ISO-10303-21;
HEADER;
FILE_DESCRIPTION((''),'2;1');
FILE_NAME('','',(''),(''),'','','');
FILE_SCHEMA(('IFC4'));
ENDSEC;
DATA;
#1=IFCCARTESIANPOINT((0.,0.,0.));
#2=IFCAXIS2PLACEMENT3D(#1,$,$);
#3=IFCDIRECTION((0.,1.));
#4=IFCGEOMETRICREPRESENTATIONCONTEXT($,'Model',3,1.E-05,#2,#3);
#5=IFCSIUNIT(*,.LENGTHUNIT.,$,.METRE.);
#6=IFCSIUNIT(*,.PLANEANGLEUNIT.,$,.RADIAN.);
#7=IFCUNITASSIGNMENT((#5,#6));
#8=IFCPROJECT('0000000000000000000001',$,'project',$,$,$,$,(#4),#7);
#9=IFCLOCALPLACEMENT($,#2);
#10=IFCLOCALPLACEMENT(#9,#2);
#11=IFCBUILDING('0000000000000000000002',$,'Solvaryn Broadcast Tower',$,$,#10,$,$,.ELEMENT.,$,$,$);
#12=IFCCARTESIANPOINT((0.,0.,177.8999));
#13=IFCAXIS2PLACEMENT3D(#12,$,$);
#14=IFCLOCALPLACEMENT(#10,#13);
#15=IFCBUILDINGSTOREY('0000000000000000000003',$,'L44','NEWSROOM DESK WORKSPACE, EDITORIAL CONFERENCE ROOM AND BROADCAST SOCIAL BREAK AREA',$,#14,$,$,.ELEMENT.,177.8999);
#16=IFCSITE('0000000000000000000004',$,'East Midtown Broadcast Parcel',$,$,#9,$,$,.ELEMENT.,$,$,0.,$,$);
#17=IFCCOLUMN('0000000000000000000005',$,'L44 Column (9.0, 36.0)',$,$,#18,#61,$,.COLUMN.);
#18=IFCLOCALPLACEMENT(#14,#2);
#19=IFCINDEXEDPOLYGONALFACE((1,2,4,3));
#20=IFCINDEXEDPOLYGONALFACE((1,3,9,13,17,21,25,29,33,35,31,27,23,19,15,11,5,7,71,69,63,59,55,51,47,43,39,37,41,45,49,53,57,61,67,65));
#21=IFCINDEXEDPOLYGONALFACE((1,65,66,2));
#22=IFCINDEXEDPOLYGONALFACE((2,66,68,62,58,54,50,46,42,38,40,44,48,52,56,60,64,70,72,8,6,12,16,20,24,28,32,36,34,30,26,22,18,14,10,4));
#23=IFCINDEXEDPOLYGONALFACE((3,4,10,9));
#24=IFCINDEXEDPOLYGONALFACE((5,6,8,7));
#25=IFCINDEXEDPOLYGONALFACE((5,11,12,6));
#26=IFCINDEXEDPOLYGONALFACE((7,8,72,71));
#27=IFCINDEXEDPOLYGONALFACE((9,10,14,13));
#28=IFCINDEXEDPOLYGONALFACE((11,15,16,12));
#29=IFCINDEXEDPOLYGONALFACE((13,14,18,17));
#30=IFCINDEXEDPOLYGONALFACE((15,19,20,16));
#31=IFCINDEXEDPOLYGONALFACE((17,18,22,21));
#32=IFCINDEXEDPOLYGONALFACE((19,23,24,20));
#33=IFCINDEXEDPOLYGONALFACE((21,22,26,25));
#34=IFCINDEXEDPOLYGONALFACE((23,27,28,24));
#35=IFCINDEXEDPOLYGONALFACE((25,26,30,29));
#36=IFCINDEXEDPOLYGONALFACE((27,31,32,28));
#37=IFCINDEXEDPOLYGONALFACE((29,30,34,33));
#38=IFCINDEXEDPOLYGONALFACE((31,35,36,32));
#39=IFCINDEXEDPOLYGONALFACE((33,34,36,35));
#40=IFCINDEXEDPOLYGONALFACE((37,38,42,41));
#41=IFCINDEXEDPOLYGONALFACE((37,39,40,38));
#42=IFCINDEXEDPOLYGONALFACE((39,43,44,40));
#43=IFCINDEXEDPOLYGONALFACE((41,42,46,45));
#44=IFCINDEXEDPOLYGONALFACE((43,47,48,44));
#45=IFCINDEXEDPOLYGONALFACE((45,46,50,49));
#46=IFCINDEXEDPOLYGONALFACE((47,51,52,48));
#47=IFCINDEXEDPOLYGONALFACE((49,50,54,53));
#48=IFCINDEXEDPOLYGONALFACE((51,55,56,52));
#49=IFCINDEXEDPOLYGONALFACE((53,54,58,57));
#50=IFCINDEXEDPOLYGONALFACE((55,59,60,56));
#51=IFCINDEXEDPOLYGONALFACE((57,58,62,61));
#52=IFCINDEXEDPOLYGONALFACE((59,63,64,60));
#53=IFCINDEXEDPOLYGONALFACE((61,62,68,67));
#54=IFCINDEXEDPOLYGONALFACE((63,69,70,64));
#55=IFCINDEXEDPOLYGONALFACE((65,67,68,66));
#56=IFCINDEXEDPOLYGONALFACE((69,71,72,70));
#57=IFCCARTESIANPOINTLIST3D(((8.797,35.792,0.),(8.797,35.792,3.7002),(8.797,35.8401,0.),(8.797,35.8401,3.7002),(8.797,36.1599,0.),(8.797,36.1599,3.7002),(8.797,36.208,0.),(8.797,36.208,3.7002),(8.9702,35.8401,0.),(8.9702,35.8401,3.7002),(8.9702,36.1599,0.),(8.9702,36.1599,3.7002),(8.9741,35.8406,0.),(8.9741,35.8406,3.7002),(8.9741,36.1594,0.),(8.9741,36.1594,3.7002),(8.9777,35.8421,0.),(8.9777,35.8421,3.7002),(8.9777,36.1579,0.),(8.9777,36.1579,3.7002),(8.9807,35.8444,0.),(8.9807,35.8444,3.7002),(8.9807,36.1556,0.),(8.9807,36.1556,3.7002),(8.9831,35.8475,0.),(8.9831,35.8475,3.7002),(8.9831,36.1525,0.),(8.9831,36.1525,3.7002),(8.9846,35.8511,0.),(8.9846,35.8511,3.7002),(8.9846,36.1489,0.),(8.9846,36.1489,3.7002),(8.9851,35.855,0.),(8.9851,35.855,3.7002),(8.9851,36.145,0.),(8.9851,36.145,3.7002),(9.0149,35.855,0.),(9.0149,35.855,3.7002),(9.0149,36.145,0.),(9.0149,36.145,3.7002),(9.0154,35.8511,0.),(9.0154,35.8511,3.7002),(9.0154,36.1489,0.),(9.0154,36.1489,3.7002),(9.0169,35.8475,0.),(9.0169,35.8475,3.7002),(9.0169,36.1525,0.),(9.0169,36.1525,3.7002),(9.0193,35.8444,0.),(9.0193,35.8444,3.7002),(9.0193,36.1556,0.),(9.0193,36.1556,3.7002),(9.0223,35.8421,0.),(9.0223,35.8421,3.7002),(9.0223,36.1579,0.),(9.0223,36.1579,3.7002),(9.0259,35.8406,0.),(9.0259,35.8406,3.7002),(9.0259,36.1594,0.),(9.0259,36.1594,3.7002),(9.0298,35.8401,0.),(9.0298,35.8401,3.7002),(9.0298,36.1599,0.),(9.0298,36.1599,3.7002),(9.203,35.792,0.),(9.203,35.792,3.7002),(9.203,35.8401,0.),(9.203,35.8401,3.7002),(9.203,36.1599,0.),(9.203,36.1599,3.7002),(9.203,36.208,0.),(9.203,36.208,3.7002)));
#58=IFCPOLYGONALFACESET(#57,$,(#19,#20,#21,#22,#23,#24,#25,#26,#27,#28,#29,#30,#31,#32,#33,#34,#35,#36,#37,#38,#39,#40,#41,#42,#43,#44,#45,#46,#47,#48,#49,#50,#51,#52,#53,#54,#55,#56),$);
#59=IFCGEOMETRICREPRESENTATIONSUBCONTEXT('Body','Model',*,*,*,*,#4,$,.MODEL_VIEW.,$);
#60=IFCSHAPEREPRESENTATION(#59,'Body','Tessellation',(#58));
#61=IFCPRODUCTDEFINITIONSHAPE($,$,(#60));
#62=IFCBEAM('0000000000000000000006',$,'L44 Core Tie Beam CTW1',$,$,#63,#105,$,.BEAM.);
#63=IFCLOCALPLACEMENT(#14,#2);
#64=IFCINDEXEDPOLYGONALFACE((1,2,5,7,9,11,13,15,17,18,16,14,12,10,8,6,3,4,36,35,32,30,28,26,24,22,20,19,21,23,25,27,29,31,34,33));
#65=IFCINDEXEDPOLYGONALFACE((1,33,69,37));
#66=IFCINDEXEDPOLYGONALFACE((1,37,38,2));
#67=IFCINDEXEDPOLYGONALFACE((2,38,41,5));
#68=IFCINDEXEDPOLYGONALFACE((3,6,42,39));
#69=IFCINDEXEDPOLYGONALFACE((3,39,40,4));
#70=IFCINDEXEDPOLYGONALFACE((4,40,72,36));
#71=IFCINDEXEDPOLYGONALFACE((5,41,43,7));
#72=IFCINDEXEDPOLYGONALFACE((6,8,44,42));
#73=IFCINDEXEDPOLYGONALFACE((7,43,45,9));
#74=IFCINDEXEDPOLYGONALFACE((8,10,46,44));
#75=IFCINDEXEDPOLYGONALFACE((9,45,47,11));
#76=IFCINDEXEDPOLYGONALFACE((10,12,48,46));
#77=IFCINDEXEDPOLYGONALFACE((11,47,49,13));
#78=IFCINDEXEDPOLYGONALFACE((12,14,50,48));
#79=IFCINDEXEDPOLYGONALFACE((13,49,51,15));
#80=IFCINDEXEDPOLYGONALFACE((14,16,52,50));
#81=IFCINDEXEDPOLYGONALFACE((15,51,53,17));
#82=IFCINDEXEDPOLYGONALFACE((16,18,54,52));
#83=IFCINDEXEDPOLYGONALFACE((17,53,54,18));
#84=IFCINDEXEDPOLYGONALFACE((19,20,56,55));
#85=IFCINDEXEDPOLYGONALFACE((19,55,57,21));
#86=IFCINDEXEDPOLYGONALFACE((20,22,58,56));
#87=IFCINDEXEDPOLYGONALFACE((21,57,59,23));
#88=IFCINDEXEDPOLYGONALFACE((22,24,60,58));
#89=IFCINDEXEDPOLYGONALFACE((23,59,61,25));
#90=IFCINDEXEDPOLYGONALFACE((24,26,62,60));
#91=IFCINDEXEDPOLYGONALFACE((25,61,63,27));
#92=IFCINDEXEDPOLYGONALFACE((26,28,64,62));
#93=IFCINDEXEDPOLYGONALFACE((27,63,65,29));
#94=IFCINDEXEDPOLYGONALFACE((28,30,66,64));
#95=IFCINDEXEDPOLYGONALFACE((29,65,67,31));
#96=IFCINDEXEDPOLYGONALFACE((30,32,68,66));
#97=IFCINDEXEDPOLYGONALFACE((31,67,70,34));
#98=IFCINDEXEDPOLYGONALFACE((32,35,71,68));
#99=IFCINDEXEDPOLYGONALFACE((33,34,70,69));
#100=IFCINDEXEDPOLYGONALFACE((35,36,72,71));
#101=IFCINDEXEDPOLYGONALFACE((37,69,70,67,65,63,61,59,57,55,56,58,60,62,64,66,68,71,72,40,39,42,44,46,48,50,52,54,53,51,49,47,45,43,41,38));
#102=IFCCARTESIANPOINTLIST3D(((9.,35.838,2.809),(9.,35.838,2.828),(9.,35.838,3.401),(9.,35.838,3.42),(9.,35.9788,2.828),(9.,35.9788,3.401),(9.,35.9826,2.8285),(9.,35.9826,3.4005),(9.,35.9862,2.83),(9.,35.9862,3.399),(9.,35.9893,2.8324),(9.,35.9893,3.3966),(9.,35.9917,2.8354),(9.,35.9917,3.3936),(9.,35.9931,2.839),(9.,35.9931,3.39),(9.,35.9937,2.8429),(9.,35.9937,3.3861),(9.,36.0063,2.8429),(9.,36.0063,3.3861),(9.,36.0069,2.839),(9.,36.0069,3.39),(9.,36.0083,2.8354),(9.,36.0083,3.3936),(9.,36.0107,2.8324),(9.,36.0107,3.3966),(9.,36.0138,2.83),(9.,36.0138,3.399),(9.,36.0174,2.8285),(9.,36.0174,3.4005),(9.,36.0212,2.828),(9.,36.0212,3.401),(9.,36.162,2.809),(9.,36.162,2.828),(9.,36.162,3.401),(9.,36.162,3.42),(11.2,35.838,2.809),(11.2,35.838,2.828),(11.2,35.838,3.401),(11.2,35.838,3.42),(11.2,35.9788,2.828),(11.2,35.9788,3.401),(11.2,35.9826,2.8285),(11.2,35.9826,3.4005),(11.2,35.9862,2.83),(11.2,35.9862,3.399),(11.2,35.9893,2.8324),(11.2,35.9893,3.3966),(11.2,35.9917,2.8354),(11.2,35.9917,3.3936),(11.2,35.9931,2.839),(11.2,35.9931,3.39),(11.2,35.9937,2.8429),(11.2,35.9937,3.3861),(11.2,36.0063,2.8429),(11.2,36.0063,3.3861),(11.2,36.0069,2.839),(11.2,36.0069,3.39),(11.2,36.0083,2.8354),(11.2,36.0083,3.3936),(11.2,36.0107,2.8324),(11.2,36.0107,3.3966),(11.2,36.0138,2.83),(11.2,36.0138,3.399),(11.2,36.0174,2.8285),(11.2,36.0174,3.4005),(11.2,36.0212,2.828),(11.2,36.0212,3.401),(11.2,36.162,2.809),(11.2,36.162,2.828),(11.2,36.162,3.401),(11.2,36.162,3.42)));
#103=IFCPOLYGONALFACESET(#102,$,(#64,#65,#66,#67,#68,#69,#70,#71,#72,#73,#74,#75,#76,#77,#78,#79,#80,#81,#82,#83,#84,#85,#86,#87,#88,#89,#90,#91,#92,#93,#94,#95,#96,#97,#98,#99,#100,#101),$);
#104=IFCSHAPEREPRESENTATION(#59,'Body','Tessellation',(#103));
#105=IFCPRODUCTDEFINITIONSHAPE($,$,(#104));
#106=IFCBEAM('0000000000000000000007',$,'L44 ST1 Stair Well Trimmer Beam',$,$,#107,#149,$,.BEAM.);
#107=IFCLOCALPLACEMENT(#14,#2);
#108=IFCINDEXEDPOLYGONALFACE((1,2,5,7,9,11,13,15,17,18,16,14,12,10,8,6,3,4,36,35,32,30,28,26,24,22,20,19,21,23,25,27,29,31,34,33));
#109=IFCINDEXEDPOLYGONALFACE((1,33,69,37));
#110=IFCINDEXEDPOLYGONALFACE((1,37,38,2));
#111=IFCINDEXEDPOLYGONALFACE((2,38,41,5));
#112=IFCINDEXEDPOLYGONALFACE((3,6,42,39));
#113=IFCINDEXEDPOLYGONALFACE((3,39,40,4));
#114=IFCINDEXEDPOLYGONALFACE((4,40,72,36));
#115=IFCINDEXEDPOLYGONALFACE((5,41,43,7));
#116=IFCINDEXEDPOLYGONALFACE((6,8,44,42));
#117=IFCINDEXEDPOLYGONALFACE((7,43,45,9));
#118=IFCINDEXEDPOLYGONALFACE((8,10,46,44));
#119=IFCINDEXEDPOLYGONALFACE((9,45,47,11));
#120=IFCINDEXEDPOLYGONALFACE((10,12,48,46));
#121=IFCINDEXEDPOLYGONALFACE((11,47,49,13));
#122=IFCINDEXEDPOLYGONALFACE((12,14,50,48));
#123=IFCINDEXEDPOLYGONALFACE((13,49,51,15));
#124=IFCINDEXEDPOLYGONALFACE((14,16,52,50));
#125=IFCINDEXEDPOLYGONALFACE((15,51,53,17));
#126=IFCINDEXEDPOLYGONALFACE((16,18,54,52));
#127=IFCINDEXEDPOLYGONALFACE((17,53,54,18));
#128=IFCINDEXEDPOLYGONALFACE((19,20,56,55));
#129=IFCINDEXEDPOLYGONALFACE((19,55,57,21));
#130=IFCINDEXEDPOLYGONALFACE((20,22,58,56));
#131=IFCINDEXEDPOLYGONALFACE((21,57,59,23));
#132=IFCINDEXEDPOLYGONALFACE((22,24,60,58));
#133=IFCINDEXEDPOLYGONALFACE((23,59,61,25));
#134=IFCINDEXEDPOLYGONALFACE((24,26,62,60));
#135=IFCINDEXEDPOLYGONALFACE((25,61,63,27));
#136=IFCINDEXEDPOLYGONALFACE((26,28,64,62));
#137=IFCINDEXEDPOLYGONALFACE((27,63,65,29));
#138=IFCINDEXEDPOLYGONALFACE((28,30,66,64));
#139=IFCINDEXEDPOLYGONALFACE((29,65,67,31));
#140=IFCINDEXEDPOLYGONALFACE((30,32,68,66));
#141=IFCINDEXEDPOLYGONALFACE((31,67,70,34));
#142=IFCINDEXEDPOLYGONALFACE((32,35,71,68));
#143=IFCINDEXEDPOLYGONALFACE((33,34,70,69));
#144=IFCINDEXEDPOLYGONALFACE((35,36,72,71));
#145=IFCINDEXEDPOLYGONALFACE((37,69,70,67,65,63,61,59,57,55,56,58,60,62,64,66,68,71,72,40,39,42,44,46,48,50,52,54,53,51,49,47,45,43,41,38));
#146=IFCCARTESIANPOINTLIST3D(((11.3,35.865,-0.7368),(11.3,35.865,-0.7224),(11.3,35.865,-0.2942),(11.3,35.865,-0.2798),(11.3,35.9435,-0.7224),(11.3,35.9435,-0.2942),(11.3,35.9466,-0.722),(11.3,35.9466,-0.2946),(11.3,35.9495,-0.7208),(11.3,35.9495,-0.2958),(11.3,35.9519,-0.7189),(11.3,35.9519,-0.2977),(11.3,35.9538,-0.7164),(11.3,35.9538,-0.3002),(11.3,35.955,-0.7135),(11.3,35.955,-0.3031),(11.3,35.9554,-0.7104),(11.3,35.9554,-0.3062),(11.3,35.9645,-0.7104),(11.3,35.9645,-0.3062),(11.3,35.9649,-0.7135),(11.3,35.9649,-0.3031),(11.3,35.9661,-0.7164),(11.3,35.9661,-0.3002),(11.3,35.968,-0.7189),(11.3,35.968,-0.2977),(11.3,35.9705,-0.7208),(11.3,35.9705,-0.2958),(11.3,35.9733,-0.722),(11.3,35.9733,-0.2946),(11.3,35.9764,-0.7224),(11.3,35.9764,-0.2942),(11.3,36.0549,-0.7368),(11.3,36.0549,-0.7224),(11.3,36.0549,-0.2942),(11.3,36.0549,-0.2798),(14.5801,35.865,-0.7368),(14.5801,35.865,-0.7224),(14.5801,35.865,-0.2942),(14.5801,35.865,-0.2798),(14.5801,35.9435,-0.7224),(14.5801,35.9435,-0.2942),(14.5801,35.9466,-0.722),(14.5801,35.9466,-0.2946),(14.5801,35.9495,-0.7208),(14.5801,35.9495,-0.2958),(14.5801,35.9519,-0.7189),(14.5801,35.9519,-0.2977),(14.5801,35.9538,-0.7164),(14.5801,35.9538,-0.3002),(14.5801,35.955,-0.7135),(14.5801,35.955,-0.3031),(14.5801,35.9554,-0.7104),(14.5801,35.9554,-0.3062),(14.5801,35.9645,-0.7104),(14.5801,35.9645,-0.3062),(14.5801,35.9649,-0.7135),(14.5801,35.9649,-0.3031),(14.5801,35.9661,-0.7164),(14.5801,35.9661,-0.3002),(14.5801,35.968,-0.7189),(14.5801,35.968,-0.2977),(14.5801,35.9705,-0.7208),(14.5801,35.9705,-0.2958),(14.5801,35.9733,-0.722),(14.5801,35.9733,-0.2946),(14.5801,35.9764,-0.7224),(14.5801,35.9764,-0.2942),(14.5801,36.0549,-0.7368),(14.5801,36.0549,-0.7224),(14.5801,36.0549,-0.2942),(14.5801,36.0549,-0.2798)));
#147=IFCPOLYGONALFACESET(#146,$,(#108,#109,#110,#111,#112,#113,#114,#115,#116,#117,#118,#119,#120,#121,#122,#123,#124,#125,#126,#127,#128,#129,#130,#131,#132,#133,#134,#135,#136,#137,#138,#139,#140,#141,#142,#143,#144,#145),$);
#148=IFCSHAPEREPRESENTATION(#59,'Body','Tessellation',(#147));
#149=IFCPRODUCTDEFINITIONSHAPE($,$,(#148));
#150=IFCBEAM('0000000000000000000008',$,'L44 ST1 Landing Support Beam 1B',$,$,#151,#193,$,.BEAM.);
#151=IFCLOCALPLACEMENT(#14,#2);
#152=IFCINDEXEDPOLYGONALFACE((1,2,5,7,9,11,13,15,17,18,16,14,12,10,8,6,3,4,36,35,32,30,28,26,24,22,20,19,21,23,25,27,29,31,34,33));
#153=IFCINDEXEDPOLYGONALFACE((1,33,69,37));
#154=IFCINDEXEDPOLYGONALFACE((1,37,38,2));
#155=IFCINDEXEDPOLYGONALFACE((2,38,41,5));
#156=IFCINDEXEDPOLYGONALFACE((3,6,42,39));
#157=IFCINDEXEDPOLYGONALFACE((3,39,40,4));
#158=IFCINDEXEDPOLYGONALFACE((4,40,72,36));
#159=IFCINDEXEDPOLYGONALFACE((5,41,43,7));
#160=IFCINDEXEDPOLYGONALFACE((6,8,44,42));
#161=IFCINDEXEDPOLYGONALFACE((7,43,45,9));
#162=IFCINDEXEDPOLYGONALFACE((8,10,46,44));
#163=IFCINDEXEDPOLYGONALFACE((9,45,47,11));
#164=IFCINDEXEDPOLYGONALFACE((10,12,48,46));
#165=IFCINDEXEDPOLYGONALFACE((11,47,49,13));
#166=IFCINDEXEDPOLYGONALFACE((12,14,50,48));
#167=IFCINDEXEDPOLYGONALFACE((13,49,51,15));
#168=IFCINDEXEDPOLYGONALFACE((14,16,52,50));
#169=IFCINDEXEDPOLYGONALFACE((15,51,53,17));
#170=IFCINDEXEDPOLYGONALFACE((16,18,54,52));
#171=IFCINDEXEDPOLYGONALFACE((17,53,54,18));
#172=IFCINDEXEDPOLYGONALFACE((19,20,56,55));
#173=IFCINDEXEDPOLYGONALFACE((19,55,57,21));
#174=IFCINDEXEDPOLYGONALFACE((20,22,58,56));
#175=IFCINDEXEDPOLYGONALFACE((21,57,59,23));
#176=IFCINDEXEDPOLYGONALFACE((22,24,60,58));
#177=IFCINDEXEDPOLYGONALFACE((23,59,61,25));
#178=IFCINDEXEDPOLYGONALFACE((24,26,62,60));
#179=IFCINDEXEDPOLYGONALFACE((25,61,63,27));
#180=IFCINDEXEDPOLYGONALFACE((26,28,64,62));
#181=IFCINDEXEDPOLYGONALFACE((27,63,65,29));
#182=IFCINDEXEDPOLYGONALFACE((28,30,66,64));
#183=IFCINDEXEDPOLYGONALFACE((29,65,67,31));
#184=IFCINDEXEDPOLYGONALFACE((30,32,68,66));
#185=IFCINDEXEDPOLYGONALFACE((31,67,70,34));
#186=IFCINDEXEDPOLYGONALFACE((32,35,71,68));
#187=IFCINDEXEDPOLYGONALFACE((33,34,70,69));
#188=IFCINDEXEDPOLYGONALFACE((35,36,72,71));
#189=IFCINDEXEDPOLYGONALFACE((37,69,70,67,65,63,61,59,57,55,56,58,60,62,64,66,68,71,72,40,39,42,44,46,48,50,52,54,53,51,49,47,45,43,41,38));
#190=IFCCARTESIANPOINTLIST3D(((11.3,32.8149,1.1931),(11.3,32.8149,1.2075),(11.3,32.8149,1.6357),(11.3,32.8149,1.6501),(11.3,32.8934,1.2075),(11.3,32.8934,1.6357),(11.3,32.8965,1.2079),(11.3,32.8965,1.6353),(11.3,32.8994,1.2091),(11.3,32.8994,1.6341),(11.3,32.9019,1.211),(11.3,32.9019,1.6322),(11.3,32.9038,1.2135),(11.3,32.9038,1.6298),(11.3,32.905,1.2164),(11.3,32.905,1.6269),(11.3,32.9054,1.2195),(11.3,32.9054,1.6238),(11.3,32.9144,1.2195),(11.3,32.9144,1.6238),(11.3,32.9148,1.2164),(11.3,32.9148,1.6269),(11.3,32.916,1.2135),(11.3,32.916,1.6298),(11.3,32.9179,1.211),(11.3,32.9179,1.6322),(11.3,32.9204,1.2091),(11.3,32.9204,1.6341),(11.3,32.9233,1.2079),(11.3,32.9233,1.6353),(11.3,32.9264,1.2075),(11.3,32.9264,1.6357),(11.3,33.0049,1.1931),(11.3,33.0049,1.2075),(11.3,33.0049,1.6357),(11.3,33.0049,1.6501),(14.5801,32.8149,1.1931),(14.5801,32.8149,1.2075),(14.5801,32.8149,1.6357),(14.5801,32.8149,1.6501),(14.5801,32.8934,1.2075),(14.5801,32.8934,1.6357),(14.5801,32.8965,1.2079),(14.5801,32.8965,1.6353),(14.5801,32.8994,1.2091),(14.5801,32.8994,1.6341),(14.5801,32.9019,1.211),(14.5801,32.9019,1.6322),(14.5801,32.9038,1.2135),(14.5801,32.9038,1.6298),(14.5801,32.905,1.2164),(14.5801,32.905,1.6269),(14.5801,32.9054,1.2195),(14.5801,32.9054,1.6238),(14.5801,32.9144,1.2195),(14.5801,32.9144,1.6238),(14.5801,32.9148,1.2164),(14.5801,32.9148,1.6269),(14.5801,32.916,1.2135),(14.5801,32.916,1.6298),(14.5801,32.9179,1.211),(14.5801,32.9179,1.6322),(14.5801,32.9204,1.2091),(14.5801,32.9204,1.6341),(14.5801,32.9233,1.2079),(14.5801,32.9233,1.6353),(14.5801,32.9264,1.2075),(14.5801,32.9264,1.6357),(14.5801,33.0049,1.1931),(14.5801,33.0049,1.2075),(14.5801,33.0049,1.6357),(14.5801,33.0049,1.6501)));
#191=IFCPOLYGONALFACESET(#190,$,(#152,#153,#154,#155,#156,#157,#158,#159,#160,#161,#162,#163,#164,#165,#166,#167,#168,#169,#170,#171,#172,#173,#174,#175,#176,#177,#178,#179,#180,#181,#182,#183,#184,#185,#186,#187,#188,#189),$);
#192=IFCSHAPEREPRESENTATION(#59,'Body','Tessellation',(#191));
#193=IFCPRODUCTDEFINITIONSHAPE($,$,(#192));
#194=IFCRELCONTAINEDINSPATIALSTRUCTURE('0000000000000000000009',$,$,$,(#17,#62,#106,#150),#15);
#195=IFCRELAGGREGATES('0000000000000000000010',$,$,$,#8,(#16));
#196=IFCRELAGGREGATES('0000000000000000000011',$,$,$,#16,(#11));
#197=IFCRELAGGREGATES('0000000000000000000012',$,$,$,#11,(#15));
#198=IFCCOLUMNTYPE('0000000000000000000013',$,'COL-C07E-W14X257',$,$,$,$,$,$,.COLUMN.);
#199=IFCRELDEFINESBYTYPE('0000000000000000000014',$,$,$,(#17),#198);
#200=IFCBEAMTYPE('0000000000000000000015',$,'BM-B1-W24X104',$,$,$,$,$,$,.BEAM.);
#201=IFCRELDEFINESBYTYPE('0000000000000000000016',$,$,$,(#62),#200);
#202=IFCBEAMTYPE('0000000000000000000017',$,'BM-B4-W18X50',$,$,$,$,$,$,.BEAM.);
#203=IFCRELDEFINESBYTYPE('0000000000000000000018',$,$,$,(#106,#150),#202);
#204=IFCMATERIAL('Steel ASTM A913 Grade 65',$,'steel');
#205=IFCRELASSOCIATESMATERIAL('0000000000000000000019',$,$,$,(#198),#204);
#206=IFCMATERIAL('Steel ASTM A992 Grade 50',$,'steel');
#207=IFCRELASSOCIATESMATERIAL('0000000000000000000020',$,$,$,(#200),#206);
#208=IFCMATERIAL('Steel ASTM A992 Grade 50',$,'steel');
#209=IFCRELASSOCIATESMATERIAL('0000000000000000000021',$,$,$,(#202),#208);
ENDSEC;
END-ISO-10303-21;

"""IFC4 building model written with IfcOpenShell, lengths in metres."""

from ifc_helpers import new_model, si_unit, direction, frame, origin, origin_2d, place, context, subcontext, project, spatial, i_section, extrude, material, material_profile, profile_set, type_object, element, save


model = new_model("IFC4")

# Units and contexts
model_context = context("Model", 3, precision=1e-05, world=origin(), true_north=direction((0.0, 1.0)))
body_context = subcontext(model_context, "Body", "Model", "MODEL_VIEW")
ifc_project = project(units=[si_unit("LENGTHUNIT", "METRE"), si_unit("PLANEANGLEUNIT", "RADIAN")], contexts=[model_context])

# Site, building, storey
site_placement = place(None, origin())
site = spatial("IfcSite", under=ifc_project, at=site_placement, Name="East Midtown Broadcast Parcel", CompositionType="ELEMENT", RefElevation=0.0)
building_placement = place(site_placement, origin())
building = spatial("IfcBuilding", under=site, at=building_placement, Name="Solvaryn Broadcast Tower", CompositionType="ELEMENT")
storey_placement = place(building_placement, frame((0.0, 0.0, 177.8999)))
storey = spatial("IfcBuildingStorey", under=building, at=storey_placement, Name="L44", Description="NEWSROOM DESK WORKSPACE, EDITORIAL CONFERENCE ROOM AND BROADCAST SOCIAL BREAK AREA", CompositionType="ELEMENT", Elevation=177.8999)

# Column
ifc_material_1 = material(Name="Steel ASTM A913 Grade 65", Category="steel")
ifc_material_profile_1 = material_profile(ifc_material_1, i_section(OverallWidth=0.406, OverallDepth=0.416, WebThickness=0.0298, FlangeThickness=0.0481, FilletRadius=0.0149, at=origin_2d()))
ifc_profile_set_1 = profile_set([ifc_material_profile_1], Name="Steel ASTM A913 Grade 65")
column_type = type_object("IfcColumnType", Name="COL-C07E-W14X257", PredefinedType="COLUMN", material=ifc_profile_set_1)
column_placement = place(storey_placement, frame((9.0, 36.0, 0.0), z_axis=(0.0, 0.0, 1.0), x_axis=(1.0, 0.0, 0.0)))
element("IfcColumn", 1, at=column_placement, inside=storey, type_object=column_type, Name="L44 Column (9.0, 36.0)", PredefinedType="COLUMN", context=body_context, shape_type="SweptSolid", body=[
    extrude(i_section(OverallWidth=0.406, OverallDepth=0.416, WebThickness=0.0298, FlangeThickness=0.0481, FilletRadius=0.0149, at=origin_2d()), origin(), (0.0, 0.0, 1.0), 3.7002),
])

# Beams
ifc_material_2 = material(Name="Steel ASTM A992 Grade 50", Category="steel")
ifc_material_profile_2 = material_profile(ifc_material_2, i_section(OverallWidth=0.324, OverallDepth=0.6111, WebThickness=0.0127, FlangeThickness=0.019, FilletRadius=0.0149, at=origin_2d()))
ifc_profile_set_2 = profile_set([ifc_material_profile_2], Name="Steel ASTM A992 Grade 50")
beam_type_1 = type_object("IfcBeamType", Name="BM-B1-W24X104", PredefinedType="BEAM", material=ifc_profile_set_2)
beam_placement = place(storey_placement, frame((9.0, 36.0, 3.1145), z_axis=(1.0, 0.0, 0.0), x_axis=(0.0, 1.0, 0.0)))
element("IfcBeam", 2, at=beam_placement, inside=storey, type_object=beam_type_1, Name="L44 Core Tie Beam CTW1", PredefinedType="BEAM", context=body_context, shape_type="SweptSolid", body=[
    extrude(i_section(OverallWidth=0.324, OverallDepth=0.6111, WebThickness=0.0127, FlangeThickness=0.019, FilletRadius=0.0149, at=origin_2d()), origin(), (0.0, 0.0, 1.0), 2.2),
])
ifc_material_3 = material(Name="Steel ASTM A992 Grade 50", Category="steel")
ifc_material_profile_3 = material_profile(ifc_material_3, i_section(OverallWidth=0.1899, OverallDepth=0.457, WebThickness=0.009, FlangeThickness=0.0144, FilletRadius=0.012, at=origin_2d()))
ifc_profile_set_3 = profile_set([ifc_material_profile_3], Name="Steel ASTM A992 Grade 50")
beam_type_2 = type_object("IfcBeamType", Name="BM-B4-W18X50", PredefinedType="BEAM", material=ifc_profile_set_3)
for number, where, z_axis, x_axis, name in (
    (3, (11.3, 35.96, -0.5083), (1.0, 0.0, 0.0), (0.0, 1.0, 0.0), "L44 ST1 Stair Well Trimmer Beam"),
    (4, (11.3, 32.9099, 1.4216), (1.0, 0.0, 0.0), (0.0, 1.0, 0.0), "L44 ST1 Landing Support Beam 1B"),
):
    element("IfcBeam", number, at=place(storey_placement, frame(where, z_axis=z_axis, x_axis=x_axis)), inside=storey, type_object=beam_type_2, Name=name, PredefinedType="BEAM", context=body_context, shape_type="SweptSolid", body=[
        extrude(i_section(OverallWidth=0.1899, OverallDepth=0.457, WebThickness=0.009, FlangeThickness=0.0144, FilletRadius=0.012, at=origin_2d()), origin(), (0.0, 0.0, 1.0), 3.28),
    ])

save(model, "model.ifc")
